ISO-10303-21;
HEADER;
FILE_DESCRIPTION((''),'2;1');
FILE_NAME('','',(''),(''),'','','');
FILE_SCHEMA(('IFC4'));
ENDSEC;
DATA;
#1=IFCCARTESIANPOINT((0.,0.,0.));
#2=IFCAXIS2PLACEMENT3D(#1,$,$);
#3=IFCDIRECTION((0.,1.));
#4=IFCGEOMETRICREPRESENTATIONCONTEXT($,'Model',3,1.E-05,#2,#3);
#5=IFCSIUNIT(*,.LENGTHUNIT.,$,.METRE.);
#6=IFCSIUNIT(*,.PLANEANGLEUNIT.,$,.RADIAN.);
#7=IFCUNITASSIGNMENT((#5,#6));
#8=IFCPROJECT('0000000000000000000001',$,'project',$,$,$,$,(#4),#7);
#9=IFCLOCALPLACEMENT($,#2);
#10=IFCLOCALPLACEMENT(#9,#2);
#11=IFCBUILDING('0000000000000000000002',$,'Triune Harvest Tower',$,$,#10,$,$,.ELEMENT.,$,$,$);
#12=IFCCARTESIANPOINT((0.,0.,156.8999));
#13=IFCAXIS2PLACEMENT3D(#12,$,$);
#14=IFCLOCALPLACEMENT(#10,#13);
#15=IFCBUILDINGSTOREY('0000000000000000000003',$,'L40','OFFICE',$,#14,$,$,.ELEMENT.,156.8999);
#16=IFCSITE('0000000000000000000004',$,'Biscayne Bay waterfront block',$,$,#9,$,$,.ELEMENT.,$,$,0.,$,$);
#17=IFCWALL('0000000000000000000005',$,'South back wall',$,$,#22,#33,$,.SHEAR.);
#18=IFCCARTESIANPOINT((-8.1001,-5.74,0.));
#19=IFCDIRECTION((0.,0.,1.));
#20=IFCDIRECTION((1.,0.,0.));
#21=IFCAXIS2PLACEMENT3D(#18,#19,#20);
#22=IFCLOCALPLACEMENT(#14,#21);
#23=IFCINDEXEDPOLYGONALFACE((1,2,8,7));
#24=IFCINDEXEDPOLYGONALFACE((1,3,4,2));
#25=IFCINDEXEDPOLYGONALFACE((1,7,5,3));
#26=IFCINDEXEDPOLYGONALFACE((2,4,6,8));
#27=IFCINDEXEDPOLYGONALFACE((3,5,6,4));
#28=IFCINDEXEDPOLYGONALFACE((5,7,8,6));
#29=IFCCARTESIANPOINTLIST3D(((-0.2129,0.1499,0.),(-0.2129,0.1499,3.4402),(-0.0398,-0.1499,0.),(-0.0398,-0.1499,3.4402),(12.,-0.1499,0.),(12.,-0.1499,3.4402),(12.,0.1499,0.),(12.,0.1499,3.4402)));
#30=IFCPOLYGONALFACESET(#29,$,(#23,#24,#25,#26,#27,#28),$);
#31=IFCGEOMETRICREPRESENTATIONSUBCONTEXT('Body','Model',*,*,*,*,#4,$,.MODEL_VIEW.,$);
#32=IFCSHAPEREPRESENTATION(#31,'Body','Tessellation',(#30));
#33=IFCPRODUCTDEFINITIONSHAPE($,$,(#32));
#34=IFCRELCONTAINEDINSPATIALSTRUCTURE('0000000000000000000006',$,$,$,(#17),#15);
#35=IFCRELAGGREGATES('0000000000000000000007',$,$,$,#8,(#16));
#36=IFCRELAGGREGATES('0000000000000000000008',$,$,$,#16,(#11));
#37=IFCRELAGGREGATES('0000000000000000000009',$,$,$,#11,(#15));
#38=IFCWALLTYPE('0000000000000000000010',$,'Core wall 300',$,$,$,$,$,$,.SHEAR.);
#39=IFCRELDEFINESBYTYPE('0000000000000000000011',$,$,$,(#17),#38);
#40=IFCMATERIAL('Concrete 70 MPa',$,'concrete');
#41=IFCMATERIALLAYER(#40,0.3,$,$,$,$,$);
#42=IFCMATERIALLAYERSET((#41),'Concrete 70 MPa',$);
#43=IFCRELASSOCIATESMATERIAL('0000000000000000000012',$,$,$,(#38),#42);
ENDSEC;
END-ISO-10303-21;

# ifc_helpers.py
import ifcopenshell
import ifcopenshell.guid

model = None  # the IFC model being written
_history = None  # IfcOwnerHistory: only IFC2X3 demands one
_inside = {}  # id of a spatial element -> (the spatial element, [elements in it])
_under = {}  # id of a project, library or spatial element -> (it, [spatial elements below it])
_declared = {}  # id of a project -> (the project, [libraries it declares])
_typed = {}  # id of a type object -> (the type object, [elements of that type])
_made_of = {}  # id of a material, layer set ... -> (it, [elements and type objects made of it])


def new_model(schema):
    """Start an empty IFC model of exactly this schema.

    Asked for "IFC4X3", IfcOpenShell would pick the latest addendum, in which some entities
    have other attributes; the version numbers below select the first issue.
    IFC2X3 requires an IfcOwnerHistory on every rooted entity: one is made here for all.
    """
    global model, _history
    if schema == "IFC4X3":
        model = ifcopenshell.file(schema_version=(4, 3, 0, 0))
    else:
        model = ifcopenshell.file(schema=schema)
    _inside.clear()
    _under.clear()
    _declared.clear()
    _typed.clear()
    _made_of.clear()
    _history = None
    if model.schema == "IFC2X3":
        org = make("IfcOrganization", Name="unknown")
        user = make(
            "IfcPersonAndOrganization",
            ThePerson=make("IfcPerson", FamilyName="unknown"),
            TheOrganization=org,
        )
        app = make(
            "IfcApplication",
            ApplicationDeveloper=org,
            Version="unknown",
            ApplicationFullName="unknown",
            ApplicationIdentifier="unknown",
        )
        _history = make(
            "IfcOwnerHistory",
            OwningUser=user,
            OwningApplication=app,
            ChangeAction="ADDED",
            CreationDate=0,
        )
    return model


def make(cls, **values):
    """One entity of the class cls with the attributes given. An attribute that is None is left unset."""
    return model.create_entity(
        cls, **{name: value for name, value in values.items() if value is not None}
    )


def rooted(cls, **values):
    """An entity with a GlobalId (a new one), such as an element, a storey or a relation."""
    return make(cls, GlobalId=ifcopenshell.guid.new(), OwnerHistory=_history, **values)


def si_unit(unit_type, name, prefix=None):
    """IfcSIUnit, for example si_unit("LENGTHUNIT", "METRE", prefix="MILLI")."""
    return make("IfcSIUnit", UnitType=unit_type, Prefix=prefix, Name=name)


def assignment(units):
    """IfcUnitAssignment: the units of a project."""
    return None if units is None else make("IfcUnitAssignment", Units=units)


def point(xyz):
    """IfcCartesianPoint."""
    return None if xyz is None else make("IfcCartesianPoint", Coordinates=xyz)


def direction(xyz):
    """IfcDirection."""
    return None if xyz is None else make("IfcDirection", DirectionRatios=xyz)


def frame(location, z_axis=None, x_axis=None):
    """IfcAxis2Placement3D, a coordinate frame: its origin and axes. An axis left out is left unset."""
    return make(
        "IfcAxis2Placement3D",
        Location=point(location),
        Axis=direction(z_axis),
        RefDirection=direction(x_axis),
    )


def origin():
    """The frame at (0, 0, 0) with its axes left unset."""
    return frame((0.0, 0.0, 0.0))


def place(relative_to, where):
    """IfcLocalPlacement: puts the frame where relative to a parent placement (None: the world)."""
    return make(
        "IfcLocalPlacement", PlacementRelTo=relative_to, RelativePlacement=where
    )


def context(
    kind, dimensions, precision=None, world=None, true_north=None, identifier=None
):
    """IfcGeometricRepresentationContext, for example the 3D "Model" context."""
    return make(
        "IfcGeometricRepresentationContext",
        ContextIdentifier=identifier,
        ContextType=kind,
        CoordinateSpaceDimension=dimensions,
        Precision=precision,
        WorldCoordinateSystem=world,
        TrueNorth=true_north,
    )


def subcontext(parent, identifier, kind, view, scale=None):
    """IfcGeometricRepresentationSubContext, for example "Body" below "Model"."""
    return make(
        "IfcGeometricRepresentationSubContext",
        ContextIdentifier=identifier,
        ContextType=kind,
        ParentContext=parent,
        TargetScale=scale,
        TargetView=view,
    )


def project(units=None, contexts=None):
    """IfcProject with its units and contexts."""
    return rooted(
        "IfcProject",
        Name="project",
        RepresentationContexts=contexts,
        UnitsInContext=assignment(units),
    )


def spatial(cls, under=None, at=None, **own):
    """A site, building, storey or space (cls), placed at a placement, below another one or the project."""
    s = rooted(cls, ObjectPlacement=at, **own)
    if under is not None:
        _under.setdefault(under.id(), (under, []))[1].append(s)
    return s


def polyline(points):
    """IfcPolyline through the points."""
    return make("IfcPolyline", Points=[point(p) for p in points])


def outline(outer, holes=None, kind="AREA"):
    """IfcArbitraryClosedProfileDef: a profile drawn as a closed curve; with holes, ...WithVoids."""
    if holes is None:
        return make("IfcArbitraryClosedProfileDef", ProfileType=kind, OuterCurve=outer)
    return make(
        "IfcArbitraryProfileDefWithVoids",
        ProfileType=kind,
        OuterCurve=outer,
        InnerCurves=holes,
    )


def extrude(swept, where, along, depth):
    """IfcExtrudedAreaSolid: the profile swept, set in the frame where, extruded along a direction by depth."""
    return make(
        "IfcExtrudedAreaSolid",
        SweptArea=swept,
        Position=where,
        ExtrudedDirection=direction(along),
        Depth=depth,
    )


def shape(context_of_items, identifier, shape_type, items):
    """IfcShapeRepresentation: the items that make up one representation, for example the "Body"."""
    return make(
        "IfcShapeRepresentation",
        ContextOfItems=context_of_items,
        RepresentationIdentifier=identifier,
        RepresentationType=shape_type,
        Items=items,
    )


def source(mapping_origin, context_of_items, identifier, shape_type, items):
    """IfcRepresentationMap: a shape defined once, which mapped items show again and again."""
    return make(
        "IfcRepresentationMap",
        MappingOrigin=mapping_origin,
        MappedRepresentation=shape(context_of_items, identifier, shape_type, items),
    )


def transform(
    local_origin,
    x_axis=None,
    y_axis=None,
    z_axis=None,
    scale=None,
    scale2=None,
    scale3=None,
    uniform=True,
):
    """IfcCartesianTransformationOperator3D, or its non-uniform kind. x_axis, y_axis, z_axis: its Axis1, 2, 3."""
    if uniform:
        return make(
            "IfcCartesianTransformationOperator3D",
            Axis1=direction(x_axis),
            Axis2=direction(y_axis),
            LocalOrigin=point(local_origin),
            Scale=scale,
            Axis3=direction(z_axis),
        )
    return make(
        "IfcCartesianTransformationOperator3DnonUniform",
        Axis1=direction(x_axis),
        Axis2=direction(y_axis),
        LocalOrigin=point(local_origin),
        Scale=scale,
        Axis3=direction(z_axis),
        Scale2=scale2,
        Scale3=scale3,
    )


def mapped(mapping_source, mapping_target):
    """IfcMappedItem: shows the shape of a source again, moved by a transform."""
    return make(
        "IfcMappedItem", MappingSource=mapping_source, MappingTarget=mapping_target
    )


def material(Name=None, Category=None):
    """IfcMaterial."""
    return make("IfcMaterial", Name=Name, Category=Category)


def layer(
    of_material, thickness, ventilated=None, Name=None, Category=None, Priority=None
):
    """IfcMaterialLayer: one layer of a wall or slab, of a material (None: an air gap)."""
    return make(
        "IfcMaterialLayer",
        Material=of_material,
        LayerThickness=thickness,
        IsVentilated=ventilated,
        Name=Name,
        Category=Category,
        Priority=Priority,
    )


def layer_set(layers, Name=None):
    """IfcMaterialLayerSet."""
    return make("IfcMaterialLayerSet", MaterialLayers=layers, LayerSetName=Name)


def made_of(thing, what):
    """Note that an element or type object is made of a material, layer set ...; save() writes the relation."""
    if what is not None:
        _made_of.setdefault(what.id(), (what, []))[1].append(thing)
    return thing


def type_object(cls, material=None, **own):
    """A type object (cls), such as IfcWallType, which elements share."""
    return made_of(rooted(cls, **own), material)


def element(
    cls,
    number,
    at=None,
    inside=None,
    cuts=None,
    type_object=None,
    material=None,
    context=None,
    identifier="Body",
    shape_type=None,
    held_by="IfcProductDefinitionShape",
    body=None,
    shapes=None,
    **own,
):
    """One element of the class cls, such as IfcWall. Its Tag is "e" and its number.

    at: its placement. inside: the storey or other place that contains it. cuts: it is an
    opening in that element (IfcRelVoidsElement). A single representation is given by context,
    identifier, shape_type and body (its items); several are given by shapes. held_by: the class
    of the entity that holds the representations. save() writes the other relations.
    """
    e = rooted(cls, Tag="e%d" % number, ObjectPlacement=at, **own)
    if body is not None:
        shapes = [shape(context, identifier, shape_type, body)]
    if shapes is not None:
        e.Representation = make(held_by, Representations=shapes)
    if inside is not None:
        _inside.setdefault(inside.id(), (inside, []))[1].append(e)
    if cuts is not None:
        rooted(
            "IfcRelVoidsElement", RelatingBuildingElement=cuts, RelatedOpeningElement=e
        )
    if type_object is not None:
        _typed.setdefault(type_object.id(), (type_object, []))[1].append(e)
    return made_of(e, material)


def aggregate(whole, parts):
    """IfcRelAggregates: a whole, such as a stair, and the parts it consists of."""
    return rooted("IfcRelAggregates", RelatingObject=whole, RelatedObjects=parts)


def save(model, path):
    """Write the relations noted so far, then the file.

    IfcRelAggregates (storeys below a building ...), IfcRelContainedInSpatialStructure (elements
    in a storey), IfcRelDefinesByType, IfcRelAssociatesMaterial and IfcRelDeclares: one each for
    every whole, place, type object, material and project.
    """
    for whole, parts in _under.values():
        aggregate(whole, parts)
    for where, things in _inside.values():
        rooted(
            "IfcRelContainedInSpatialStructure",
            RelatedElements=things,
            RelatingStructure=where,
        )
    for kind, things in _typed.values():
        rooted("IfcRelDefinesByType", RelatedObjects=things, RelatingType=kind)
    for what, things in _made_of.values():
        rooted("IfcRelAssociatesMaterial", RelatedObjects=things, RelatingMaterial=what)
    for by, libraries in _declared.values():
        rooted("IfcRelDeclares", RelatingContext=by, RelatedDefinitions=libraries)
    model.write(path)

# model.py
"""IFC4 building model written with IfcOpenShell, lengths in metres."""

from ifc_helpers import new_model, si_unit, direction, frame, origin, place, context, subcontext, project, spatial, polyline, outline, extrude, source, transform, mapped, material, layer, layer_set, type_object, element, save


model = new_model("IFC4")

# Units and contexts
model_context = context("Model", 3, precision=1e-05, world=origin(), true_north=direction((0.0, 1.0)))
body_context = subcontext(model_context, "Body", "Model", "MODEL_VIEW")
ifc_project = project(units=[si_unit("LENGTHUNIT", "METRE"), si_unit("PLANEANGLEUNIT", "RADIAN")], contexts=[model_context])

# Site, building, storey
site_placement = place(None, origin())
site = spatial("IfcSite", under=ifc_project, at=site_placement, Name="Biscayne Bay waterfront block", CompositionType="ELEMENT", RefElevation=0.0)
building_placement = place(site_placement, origin())
building = spatial("IfcBuilding", under=site, at=building_placement, Name="Triune Harvest Tower", CompositionType="ELEMENT")
storey_placement = place(building_placement, frame((0.0, 0.0, 156.8999)))
storey = spatial("IfcBuildingStorey", under=building, at=storey_placement, Name="L40", Description="OFFICE", CompositionType="ELEMENT", Elevation=156.8999)

# Shared definitions
ifc_material_1 = material(Name="Concrete 70 MPa", Category="concrete")
ifc_layer_1 = layer(ifc_material_1, 0.3)
ifc_layer_set_1 = layer_set([ifc_layer_1], Name="Concrete 70 MPa")
wall_type_1 = type_object("IfcWallType", Name="Core wall 300", PredefinedType="SHEAR", material=ifc_layer_set_1)

# Wall
shared_shape_1 = source(origin(), body_context, "Body", "SweptSolid", [
    extrude(outline(polyline([(12.0, -0.1499), (-0.0398, -0.1499), (-0.2129, 0.1499), (12.0, 0.1499), (12.0, -0.1499)])), origin(), (0.0, 0.0, 1.0), 3.4402),
])
wall_1_placement = place(storey_placement, frame((-8.1001, -5.74, 0.0), z_axis=(0.0, 0.0, 1.0), x_axis=(1.0, 0.0, 0.0)))
element("IfcWall", 1, at=wall_1_placement, inside=storey, type_object=wall_type_1, Name="South back wall", PredefinedType="SHEAR", context=body_context, shape_type="MappedRepresentation", body=[
    mapped(shared_shape_1, transform((0.0, 0.0, 0.0), scale=1.0)),
])

save(model, "model.ifc")
